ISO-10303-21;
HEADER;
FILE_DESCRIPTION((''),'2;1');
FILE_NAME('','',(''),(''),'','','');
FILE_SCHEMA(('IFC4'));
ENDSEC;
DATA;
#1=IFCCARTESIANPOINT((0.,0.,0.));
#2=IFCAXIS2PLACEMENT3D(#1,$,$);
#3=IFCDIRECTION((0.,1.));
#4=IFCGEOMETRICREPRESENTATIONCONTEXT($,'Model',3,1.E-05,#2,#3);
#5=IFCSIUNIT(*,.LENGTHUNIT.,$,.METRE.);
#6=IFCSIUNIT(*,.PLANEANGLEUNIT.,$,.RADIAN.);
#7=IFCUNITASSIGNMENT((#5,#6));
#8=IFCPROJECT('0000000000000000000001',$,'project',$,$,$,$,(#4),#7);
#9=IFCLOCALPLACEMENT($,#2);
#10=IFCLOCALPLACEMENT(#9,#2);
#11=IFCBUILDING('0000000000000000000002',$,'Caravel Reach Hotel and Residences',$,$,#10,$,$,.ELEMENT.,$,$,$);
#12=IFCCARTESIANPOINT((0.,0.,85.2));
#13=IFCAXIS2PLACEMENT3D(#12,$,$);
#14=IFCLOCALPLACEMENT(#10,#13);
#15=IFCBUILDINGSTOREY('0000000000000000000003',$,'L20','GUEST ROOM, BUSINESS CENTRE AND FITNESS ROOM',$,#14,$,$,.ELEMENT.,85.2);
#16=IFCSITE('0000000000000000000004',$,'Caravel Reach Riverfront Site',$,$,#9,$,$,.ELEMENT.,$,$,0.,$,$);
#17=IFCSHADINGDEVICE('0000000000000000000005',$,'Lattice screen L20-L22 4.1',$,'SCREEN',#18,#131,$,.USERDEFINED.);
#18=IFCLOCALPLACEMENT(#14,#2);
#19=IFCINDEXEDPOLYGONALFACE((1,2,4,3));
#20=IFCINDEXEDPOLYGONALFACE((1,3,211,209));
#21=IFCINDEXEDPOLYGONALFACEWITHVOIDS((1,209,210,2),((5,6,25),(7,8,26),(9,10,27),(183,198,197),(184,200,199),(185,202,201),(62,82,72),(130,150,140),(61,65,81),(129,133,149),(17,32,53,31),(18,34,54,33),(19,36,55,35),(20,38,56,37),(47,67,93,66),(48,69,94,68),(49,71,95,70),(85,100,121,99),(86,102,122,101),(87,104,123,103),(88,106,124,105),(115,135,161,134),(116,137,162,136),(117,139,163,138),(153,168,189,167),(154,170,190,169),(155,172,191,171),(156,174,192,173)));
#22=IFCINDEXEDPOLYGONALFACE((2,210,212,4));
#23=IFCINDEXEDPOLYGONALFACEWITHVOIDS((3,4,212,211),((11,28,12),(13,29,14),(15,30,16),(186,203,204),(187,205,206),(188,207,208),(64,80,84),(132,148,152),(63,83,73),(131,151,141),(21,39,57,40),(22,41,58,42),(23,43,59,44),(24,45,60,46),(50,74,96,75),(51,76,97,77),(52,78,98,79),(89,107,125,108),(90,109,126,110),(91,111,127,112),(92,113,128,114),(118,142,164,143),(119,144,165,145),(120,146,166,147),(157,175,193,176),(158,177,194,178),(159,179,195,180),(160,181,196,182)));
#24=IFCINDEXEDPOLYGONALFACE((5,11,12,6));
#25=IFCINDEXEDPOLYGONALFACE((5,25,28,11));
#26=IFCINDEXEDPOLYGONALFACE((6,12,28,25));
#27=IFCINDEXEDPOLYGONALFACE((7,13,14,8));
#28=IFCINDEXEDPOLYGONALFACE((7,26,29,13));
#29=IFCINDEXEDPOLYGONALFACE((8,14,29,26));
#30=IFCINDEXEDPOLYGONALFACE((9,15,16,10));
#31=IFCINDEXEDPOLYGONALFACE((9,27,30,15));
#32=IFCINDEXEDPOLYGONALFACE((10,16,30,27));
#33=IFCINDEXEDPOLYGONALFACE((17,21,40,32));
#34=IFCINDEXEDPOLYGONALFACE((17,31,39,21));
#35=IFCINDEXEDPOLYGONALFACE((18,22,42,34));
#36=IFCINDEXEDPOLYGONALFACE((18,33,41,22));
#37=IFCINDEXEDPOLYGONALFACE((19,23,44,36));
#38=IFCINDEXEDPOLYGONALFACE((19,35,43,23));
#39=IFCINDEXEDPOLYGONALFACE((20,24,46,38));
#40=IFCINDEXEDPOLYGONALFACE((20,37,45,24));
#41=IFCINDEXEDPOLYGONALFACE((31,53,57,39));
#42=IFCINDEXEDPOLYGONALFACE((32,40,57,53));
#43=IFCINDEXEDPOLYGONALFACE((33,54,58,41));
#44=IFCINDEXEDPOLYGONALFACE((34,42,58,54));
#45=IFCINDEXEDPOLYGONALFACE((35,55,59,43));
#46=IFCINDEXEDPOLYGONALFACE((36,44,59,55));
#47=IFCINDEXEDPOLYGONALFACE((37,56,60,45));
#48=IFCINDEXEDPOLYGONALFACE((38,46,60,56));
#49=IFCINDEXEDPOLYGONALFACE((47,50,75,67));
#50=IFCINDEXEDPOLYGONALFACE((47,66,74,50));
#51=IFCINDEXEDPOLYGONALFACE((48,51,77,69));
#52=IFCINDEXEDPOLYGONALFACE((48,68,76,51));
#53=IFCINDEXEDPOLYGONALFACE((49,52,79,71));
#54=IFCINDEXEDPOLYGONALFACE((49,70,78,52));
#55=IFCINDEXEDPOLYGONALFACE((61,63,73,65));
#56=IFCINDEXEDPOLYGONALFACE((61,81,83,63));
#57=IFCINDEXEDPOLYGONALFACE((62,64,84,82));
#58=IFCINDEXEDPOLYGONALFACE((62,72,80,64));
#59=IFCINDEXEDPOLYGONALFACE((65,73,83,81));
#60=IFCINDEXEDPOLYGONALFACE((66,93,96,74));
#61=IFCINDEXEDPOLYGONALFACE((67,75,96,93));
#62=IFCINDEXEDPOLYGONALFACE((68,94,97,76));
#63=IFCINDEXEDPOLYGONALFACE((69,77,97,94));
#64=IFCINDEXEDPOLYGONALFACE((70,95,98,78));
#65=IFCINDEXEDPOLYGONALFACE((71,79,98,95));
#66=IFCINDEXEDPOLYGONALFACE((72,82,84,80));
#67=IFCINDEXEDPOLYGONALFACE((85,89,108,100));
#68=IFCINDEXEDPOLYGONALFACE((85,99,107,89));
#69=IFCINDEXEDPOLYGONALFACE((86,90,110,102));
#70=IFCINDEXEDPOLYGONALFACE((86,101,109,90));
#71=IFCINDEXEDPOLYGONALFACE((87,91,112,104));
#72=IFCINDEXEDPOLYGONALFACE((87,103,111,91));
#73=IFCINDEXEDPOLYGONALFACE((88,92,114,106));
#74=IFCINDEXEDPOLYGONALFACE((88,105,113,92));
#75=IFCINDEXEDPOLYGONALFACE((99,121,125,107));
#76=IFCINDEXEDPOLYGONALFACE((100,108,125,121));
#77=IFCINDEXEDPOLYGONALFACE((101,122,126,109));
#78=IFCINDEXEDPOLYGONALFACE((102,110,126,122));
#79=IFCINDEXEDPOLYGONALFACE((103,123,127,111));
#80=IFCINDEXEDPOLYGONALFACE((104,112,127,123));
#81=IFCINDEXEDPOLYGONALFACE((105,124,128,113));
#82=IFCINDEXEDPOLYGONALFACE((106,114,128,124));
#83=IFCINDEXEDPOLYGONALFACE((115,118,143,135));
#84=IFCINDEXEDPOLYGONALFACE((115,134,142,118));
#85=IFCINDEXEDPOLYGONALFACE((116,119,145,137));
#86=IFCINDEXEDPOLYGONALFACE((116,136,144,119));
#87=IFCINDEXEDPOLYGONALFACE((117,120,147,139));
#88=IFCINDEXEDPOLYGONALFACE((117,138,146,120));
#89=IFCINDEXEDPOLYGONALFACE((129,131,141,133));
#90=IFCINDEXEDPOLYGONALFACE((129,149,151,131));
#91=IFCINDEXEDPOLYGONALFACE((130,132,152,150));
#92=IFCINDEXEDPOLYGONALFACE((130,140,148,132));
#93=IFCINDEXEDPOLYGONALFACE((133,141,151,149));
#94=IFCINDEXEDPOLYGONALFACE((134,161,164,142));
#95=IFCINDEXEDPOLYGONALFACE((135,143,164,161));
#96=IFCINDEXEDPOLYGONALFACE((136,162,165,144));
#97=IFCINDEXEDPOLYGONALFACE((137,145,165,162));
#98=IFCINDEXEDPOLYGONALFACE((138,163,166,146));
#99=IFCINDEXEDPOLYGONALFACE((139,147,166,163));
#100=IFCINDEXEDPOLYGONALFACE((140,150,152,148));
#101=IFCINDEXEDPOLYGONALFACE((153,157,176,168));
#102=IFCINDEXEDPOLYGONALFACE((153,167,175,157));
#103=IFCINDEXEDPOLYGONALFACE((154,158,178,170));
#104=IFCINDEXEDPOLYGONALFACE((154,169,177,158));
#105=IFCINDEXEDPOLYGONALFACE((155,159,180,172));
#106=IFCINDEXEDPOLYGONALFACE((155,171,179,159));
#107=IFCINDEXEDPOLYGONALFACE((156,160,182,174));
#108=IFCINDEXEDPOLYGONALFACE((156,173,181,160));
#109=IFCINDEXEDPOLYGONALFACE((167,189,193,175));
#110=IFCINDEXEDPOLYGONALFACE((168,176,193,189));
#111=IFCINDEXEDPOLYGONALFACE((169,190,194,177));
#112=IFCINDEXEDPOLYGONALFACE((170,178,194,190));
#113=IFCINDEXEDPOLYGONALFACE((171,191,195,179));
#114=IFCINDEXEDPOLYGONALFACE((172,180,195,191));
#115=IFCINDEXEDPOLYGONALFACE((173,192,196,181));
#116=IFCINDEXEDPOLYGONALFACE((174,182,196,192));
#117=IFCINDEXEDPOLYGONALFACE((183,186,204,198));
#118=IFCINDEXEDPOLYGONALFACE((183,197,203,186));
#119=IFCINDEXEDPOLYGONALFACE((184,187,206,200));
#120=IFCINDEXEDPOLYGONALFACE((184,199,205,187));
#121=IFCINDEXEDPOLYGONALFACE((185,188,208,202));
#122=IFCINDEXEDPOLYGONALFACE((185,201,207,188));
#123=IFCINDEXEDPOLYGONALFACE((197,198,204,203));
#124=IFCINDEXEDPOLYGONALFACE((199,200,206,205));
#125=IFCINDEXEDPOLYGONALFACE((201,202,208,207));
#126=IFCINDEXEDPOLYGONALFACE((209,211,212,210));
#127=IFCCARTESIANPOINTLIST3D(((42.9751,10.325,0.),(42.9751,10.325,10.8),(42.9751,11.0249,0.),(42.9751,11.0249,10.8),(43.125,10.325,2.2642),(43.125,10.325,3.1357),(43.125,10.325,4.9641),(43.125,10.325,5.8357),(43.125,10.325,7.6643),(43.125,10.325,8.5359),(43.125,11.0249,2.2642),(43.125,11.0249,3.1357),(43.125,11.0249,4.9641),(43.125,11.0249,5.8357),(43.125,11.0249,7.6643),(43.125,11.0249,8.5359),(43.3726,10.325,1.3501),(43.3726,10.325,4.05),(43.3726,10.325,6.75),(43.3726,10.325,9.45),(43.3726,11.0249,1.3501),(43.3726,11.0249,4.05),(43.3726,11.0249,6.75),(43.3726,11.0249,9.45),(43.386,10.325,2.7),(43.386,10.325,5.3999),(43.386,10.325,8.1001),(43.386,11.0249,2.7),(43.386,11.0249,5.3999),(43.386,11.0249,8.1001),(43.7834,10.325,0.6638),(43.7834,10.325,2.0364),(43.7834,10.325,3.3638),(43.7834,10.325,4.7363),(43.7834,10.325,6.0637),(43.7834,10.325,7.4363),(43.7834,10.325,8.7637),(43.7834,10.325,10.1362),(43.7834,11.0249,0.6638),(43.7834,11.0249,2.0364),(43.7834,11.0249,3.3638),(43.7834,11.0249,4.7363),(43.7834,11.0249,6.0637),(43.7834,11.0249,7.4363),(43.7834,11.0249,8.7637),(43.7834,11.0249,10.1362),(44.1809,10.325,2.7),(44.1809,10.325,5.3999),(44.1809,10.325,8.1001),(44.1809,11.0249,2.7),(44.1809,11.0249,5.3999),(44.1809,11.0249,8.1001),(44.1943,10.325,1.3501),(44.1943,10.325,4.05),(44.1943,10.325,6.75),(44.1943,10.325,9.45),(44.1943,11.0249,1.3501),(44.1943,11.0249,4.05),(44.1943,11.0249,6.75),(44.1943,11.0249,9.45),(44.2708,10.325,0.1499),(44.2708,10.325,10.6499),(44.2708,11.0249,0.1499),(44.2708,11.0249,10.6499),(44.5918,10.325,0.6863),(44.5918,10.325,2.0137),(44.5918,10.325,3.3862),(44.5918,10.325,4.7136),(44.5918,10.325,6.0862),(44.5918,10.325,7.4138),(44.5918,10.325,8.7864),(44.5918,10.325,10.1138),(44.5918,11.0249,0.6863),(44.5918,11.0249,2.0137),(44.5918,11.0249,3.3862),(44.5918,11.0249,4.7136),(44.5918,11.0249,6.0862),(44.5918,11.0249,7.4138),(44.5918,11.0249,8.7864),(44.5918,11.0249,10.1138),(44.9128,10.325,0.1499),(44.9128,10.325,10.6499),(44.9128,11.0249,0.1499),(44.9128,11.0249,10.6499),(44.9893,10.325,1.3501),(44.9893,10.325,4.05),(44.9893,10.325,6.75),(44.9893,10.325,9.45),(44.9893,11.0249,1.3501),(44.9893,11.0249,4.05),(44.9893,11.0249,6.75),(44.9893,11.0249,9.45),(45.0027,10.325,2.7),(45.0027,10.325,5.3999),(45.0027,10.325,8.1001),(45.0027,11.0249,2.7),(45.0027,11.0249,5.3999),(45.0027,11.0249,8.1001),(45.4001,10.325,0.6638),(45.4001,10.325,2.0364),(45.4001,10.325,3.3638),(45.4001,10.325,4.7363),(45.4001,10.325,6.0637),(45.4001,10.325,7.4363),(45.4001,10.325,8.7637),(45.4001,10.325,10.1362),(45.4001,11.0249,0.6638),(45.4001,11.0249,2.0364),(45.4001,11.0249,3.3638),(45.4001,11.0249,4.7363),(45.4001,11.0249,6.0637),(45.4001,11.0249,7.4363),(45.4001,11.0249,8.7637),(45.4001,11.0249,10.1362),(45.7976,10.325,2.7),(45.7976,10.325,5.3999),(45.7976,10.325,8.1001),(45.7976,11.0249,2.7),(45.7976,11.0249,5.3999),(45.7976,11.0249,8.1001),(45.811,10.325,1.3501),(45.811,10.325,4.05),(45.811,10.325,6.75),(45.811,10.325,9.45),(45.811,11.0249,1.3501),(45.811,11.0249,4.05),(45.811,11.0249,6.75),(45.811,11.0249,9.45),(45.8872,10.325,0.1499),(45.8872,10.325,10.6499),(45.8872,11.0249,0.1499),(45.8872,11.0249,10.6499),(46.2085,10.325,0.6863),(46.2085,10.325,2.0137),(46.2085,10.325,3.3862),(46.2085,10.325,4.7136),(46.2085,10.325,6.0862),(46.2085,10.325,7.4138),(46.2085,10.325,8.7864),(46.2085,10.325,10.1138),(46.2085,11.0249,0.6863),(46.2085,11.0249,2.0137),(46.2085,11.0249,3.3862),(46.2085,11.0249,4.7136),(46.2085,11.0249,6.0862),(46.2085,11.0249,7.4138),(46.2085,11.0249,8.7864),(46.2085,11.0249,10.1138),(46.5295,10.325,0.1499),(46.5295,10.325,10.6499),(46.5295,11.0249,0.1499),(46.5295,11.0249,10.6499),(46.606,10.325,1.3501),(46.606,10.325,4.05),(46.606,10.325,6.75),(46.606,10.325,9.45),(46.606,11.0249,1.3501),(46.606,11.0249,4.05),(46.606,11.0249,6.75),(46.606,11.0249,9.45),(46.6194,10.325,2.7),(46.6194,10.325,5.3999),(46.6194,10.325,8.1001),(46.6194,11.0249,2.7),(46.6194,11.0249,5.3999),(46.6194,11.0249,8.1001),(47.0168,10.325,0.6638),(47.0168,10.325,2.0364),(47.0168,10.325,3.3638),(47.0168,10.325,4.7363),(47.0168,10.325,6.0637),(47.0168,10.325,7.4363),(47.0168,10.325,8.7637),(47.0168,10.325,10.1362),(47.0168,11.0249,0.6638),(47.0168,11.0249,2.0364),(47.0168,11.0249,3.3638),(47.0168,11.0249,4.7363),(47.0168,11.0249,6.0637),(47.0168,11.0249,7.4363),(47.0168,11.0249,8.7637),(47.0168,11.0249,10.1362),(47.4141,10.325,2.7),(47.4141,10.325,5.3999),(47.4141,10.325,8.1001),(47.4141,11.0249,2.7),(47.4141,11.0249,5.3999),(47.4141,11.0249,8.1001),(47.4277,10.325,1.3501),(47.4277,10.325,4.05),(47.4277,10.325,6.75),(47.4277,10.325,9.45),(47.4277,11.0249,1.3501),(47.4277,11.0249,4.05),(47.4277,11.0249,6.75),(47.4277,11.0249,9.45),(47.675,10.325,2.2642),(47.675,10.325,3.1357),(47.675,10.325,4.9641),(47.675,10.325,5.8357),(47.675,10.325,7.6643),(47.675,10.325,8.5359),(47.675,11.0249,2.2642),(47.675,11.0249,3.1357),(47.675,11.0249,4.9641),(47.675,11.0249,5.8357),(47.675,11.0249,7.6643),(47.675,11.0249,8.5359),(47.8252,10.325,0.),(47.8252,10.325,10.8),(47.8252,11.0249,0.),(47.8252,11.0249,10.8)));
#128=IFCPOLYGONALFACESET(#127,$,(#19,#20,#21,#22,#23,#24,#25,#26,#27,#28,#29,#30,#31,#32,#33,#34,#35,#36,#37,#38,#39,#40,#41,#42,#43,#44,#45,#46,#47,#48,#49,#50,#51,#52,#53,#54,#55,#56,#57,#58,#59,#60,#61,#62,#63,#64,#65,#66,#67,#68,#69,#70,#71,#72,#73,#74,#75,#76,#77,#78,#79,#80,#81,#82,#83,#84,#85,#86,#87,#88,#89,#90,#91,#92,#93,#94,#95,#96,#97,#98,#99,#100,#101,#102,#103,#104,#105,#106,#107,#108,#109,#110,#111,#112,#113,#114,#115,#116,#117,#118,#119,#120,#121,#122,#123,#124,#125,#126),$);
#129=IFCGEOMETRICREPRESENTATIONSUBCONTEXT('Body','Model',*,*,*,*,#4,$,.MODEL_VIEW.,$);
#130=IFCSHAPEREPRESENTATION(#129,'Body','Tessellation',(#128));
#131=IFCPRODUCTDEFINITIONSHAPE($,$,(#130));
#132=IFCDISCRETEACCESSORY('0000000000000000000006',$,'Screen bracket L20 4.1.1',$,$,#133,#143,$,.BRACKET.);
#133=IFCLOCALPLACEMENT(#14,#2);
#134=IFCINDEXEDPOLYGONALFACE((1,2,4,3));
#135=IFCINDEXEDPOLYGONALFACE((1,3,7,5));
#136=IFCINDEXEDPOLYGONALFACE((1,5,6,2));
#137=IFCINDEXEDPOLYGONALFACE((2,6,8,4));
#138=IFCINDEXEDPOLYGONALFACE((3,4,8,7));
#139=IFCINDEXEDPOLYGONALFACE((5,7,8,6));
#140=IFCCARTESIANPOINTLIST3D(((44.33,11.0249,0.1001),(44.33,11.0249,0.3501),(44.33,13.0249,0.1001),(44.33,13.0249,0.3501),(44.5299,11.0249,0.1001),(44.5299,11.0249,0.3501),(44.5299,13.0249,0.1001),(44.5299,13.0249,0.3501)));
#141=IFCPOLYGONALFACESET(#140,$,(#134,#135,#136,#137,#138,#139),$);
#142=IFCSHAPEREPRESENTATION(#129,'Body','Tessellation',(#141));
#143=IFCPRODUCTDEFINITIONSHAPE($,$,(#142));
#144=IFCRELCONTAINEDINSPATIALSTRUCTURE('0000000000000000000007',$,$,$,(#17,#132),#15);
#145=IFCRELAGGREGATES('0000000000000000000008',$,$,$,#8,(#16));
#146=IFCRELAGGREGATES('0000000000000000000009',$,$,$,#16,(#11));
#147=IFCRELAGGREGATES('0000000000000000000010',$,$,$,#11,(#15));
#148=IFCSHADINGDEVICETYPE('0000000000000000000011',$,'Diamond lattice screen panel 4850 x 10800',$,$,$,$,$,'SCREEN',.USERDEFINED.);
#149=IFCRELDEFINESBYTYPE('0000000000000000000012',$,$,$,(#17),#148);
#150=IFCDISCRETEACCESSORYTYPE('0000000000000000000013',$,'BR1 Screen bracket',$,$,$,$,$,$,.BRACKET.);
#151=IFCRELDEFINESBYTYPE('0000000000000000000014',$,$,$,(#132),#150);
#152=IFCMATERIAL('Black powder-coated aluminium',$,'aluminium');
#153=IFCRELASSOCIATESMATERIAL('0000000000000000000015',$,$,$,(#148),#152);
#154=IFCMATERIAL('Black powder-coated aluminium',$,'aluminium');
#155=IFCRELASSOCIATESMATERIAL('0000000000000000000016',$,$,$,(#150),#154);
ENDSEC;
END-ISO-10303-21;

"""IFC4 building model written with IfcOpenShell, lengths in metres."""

from ifc_helpers import new_model, si_unit, direction, frame, origin, origin_2d, place, context, subcontext, project, spatial, polyline, rectangle, outline, extrude, material, type_object, element, save


model = new_model("IFC4")

# Units and contexts
model_context = context("Model", 3, precision=1e-05, world=origin(), true_north=direction((0.0, 1.0)))
body_context = subcontext(model_context, "Body", "Model", "MODEL_VIEW")
ifc_project = project(units=[si_unit("LENGTHUNIT", "METRE"), si_unit("PLANEANGLEUNIT", "RADIAN")], contexts=[model_context])

# Site, building, storey
site_placement = place(None, origin())
site = spatial("IfcSite", under=ifc_project, at=site_placement, Name="Caravel Reach Riverfront Site", CompositionType="ELEMENT", RefElevation=0.0)
building_placement = place(site_placement, origin())
building = spatial("IfcBuilding", under=site, at=building_placement, Name="Caravel Reach Hotel and Residences", CompositionType="ELEMENT")
storey_placement = place(building_placement, frame((0.0, 0.0, 85.2)))
storey = spatial("IfcBuildingStorey", under=building, at=storey_placement, Name="L20", Description="GUEST ROOM, BUSINESS CENTRE AND FITNESS ROOM", CompositionType="ELEMENT", Elevation=85.2)

# Shading device
ifc_material_1 = material(Name="Black powder-coated aluminium", Category="aluminium")
shading_device_type = type_object("IfcShadingDeviceType", Name="Diamond lattice screen panel 4850 x 10800", ElementType="SCREEN", PredefinedType="USERDEFINED", material=ifc_material_1)
shading_device_placement = place(storey_placement, frame((42.9751, 11.0249, 0.0), z_axis=(0.0, -1.0, 0.0), x_axis=(1.0, 0.0, 0.0)))
element("IfcShadingDevice", 1, at=shading_device_placement, inside=storey, type_object=shading_device_type, Name="Lattice screen L20-L22 4.1", ObjectType="SCREEN", PredefinedType="USERDEFINED", context=body_context, shape_type="SweptSolid", body=[
    extrude(outline(polyline([(0.0, 0.0), (4.8501, 0.0), (4.8501, 10.8), (0.0, 10.8), (0.0, 0.0)]), holes=[polyline([(0.4109, 2.7), (0.1499, 3.1357), (0.1499, 2.2642), (0.4109, 2.7)]), polyline([(0.4109, 5.3999), (0.1499, 5.8357), (0.1499, 4.9641), (0.4109, 5.3999)]), polyline([(0.4109, 8.1001), (0.1499, 8.5359), (0.1499, 7.6643), (0.4109, 8.1001)]), polyline([(0.8083, 2.0364), (0.3975, 1.3501), (0.8083, 0.6638), (1.2192, 1.3501), (0.8083, 2.0364)]), polyline([(0.8083, 4.7363), (0.3975, 4.05), (0.8083, 3.3638), (1.2192, 4.05), (0.8083, 4.7363)]), polyline([(0.8083, 7.4363), (0.3975, 6.75), (0.8083, 6.0637), (1.2192, 6.75), (0.8083, 7.4363)]), polyline([(0.8083, 10.1362), (0.3975, 9.45), (0.8083, 8.7637), (1.2192, 9.45), (0.8083, 10.1362)]), polyline([(1.6167, 0.6863), (1.2957, 0.1499), (1.9377, 0.1499), (1.6167, 0.6863)]), polyline([(1.6167, 3.3862), (1.2058, 2.7), (1.6167, 2.0137), (2.0276, 2.7), (1.6167, 3.3862)]), polyline([(1.6167, 6.0862), (1.2058, 5.3999), (1.6167, 4.7136), (2.0276, 5.3999), (1.6167, 6.0862)]), polyline([(1.6167, 8.7864), (1.2058, 8.1001), (1.6167, 7.4138), (2.0276, 8.1001), (1.6167, 8.7864)]), polyline([(1.6167, 10.1138), (1.9377, 10.6499), (1.2957, 10.6499), (1.6167, 10.1138)]), polyline([(2.425, 2.0364), (2.0142, 1.3501), (2.425, 0.6638), (2.8359, 1.3501), (2.425, 2.0364)]), polyline([(2.425, 4.7363), (2.0142, 4.05), (2.425, 3.3638), (2.8359, 4.05), (2.425, 4.7363)]), polyline([(2.425, 7.4363), (2.0142, 6.75), (2.425, 6.0637), (2.8359, 6.75), (2.425, 7.4363)]), polyline([(2.425, 10.1362), (2.0142, 9.45), (2.425, 8.7637), (2.8359, 9.45), (2.425, 10.1362)]), polyline([(3.2334, 0.6863), (2.9121, 0.1499), (3.5544, 0.1499), (3.2334, 0.6863)]), polyline([(3.2334, 3.3862), (2.8225, 2.7), (3.2334, 2.0137), (3.6443, 2.7), (3.2334, 3.3862)]), polyline([(3.2334, 6.0862), (2.8225, 5.3999), (3.2334, 4.7136), (3.6443, 5.3999), (3.2334, 6.0862)]), polyline([(3.2334, 8.7864), (2.8225, 8.1001), (3.2334, 7.4138), (3.6443, 8.1001), (3.2334, 8.7864)]), polyline([(3.2334, 10.1138), (3.5544, 10.6499), (2.9121, 10.6499), (3.2334, 10.1138)]), polyline([(4.0417, 2.0364), (3.6309, 1.3501), (4.0417, 0.6638), (4.4526, 1.3501), (4.0417, 2.0364)]), polyline([(4.0417, 4.7363), (3.6309, 4.05), (4.0417, 3.3638), (4.4526, 4.05), (4.0417, 4.7363)]), polyline([(4.0417, 7.4363), (3.6309, 6.75), (4.0417, 6.0637), (4.4526, 6.75), (4.0417, 7.4363)]), polyline([(4.0417, 10.1362), (3.6309, 9.45), (4.0417, 8.7637), (4.4526, 9.45), (4.0417, 10.1362)]), polyline([(4.439, 2.7), (4.7, 2.2642), (4.7, 3.1357), (4.439, 2.7)]), polyline([(4.439, 5.3999), (4.7, 4.9641), (4.7, 5.8357), (4.439, 5.3999)]), polyline([(4.439, 8.1001), (4.7, 7.6643), (4.7, 8.5359), (4.439, 8.1001)])]), origin(), (0.0, 0.0, 1.0), 0.7),
])

# Discrete accessory
ifc_material_2 = material(Name="Black powder-coated aluminium", Category="aluminium")
discrete_accessory_type = type_object("IfcDiscreteAccessoryType", Name="BR1 Screen bracket", PredefinedType="BRACKET", material=ifc_material_2)
discrete_accessory_placement = place(storey_placement, frame((44.4299, 12.0249, 0.1001), z_axis=(0.0, 0.0, 1.0), x_axis=(0.0, -1.0, 0.0)))
element("IfcDiscreteAccessory", 2, at=discrete_accessory_placement, inside=storey, type_object=discrete_accessory_type, Name="Screen bracket L20 4.1.1", PredefinedType="BRACKET", context=body_context, shape_type="SweptSolid", body=[
    extrude(rectangle(XDim=2.0, YDim=0.2, at=origin_2d()), origin(), (0.0, 0.0, 1.0), 0.25),
])

save(model, "model.ifc")
